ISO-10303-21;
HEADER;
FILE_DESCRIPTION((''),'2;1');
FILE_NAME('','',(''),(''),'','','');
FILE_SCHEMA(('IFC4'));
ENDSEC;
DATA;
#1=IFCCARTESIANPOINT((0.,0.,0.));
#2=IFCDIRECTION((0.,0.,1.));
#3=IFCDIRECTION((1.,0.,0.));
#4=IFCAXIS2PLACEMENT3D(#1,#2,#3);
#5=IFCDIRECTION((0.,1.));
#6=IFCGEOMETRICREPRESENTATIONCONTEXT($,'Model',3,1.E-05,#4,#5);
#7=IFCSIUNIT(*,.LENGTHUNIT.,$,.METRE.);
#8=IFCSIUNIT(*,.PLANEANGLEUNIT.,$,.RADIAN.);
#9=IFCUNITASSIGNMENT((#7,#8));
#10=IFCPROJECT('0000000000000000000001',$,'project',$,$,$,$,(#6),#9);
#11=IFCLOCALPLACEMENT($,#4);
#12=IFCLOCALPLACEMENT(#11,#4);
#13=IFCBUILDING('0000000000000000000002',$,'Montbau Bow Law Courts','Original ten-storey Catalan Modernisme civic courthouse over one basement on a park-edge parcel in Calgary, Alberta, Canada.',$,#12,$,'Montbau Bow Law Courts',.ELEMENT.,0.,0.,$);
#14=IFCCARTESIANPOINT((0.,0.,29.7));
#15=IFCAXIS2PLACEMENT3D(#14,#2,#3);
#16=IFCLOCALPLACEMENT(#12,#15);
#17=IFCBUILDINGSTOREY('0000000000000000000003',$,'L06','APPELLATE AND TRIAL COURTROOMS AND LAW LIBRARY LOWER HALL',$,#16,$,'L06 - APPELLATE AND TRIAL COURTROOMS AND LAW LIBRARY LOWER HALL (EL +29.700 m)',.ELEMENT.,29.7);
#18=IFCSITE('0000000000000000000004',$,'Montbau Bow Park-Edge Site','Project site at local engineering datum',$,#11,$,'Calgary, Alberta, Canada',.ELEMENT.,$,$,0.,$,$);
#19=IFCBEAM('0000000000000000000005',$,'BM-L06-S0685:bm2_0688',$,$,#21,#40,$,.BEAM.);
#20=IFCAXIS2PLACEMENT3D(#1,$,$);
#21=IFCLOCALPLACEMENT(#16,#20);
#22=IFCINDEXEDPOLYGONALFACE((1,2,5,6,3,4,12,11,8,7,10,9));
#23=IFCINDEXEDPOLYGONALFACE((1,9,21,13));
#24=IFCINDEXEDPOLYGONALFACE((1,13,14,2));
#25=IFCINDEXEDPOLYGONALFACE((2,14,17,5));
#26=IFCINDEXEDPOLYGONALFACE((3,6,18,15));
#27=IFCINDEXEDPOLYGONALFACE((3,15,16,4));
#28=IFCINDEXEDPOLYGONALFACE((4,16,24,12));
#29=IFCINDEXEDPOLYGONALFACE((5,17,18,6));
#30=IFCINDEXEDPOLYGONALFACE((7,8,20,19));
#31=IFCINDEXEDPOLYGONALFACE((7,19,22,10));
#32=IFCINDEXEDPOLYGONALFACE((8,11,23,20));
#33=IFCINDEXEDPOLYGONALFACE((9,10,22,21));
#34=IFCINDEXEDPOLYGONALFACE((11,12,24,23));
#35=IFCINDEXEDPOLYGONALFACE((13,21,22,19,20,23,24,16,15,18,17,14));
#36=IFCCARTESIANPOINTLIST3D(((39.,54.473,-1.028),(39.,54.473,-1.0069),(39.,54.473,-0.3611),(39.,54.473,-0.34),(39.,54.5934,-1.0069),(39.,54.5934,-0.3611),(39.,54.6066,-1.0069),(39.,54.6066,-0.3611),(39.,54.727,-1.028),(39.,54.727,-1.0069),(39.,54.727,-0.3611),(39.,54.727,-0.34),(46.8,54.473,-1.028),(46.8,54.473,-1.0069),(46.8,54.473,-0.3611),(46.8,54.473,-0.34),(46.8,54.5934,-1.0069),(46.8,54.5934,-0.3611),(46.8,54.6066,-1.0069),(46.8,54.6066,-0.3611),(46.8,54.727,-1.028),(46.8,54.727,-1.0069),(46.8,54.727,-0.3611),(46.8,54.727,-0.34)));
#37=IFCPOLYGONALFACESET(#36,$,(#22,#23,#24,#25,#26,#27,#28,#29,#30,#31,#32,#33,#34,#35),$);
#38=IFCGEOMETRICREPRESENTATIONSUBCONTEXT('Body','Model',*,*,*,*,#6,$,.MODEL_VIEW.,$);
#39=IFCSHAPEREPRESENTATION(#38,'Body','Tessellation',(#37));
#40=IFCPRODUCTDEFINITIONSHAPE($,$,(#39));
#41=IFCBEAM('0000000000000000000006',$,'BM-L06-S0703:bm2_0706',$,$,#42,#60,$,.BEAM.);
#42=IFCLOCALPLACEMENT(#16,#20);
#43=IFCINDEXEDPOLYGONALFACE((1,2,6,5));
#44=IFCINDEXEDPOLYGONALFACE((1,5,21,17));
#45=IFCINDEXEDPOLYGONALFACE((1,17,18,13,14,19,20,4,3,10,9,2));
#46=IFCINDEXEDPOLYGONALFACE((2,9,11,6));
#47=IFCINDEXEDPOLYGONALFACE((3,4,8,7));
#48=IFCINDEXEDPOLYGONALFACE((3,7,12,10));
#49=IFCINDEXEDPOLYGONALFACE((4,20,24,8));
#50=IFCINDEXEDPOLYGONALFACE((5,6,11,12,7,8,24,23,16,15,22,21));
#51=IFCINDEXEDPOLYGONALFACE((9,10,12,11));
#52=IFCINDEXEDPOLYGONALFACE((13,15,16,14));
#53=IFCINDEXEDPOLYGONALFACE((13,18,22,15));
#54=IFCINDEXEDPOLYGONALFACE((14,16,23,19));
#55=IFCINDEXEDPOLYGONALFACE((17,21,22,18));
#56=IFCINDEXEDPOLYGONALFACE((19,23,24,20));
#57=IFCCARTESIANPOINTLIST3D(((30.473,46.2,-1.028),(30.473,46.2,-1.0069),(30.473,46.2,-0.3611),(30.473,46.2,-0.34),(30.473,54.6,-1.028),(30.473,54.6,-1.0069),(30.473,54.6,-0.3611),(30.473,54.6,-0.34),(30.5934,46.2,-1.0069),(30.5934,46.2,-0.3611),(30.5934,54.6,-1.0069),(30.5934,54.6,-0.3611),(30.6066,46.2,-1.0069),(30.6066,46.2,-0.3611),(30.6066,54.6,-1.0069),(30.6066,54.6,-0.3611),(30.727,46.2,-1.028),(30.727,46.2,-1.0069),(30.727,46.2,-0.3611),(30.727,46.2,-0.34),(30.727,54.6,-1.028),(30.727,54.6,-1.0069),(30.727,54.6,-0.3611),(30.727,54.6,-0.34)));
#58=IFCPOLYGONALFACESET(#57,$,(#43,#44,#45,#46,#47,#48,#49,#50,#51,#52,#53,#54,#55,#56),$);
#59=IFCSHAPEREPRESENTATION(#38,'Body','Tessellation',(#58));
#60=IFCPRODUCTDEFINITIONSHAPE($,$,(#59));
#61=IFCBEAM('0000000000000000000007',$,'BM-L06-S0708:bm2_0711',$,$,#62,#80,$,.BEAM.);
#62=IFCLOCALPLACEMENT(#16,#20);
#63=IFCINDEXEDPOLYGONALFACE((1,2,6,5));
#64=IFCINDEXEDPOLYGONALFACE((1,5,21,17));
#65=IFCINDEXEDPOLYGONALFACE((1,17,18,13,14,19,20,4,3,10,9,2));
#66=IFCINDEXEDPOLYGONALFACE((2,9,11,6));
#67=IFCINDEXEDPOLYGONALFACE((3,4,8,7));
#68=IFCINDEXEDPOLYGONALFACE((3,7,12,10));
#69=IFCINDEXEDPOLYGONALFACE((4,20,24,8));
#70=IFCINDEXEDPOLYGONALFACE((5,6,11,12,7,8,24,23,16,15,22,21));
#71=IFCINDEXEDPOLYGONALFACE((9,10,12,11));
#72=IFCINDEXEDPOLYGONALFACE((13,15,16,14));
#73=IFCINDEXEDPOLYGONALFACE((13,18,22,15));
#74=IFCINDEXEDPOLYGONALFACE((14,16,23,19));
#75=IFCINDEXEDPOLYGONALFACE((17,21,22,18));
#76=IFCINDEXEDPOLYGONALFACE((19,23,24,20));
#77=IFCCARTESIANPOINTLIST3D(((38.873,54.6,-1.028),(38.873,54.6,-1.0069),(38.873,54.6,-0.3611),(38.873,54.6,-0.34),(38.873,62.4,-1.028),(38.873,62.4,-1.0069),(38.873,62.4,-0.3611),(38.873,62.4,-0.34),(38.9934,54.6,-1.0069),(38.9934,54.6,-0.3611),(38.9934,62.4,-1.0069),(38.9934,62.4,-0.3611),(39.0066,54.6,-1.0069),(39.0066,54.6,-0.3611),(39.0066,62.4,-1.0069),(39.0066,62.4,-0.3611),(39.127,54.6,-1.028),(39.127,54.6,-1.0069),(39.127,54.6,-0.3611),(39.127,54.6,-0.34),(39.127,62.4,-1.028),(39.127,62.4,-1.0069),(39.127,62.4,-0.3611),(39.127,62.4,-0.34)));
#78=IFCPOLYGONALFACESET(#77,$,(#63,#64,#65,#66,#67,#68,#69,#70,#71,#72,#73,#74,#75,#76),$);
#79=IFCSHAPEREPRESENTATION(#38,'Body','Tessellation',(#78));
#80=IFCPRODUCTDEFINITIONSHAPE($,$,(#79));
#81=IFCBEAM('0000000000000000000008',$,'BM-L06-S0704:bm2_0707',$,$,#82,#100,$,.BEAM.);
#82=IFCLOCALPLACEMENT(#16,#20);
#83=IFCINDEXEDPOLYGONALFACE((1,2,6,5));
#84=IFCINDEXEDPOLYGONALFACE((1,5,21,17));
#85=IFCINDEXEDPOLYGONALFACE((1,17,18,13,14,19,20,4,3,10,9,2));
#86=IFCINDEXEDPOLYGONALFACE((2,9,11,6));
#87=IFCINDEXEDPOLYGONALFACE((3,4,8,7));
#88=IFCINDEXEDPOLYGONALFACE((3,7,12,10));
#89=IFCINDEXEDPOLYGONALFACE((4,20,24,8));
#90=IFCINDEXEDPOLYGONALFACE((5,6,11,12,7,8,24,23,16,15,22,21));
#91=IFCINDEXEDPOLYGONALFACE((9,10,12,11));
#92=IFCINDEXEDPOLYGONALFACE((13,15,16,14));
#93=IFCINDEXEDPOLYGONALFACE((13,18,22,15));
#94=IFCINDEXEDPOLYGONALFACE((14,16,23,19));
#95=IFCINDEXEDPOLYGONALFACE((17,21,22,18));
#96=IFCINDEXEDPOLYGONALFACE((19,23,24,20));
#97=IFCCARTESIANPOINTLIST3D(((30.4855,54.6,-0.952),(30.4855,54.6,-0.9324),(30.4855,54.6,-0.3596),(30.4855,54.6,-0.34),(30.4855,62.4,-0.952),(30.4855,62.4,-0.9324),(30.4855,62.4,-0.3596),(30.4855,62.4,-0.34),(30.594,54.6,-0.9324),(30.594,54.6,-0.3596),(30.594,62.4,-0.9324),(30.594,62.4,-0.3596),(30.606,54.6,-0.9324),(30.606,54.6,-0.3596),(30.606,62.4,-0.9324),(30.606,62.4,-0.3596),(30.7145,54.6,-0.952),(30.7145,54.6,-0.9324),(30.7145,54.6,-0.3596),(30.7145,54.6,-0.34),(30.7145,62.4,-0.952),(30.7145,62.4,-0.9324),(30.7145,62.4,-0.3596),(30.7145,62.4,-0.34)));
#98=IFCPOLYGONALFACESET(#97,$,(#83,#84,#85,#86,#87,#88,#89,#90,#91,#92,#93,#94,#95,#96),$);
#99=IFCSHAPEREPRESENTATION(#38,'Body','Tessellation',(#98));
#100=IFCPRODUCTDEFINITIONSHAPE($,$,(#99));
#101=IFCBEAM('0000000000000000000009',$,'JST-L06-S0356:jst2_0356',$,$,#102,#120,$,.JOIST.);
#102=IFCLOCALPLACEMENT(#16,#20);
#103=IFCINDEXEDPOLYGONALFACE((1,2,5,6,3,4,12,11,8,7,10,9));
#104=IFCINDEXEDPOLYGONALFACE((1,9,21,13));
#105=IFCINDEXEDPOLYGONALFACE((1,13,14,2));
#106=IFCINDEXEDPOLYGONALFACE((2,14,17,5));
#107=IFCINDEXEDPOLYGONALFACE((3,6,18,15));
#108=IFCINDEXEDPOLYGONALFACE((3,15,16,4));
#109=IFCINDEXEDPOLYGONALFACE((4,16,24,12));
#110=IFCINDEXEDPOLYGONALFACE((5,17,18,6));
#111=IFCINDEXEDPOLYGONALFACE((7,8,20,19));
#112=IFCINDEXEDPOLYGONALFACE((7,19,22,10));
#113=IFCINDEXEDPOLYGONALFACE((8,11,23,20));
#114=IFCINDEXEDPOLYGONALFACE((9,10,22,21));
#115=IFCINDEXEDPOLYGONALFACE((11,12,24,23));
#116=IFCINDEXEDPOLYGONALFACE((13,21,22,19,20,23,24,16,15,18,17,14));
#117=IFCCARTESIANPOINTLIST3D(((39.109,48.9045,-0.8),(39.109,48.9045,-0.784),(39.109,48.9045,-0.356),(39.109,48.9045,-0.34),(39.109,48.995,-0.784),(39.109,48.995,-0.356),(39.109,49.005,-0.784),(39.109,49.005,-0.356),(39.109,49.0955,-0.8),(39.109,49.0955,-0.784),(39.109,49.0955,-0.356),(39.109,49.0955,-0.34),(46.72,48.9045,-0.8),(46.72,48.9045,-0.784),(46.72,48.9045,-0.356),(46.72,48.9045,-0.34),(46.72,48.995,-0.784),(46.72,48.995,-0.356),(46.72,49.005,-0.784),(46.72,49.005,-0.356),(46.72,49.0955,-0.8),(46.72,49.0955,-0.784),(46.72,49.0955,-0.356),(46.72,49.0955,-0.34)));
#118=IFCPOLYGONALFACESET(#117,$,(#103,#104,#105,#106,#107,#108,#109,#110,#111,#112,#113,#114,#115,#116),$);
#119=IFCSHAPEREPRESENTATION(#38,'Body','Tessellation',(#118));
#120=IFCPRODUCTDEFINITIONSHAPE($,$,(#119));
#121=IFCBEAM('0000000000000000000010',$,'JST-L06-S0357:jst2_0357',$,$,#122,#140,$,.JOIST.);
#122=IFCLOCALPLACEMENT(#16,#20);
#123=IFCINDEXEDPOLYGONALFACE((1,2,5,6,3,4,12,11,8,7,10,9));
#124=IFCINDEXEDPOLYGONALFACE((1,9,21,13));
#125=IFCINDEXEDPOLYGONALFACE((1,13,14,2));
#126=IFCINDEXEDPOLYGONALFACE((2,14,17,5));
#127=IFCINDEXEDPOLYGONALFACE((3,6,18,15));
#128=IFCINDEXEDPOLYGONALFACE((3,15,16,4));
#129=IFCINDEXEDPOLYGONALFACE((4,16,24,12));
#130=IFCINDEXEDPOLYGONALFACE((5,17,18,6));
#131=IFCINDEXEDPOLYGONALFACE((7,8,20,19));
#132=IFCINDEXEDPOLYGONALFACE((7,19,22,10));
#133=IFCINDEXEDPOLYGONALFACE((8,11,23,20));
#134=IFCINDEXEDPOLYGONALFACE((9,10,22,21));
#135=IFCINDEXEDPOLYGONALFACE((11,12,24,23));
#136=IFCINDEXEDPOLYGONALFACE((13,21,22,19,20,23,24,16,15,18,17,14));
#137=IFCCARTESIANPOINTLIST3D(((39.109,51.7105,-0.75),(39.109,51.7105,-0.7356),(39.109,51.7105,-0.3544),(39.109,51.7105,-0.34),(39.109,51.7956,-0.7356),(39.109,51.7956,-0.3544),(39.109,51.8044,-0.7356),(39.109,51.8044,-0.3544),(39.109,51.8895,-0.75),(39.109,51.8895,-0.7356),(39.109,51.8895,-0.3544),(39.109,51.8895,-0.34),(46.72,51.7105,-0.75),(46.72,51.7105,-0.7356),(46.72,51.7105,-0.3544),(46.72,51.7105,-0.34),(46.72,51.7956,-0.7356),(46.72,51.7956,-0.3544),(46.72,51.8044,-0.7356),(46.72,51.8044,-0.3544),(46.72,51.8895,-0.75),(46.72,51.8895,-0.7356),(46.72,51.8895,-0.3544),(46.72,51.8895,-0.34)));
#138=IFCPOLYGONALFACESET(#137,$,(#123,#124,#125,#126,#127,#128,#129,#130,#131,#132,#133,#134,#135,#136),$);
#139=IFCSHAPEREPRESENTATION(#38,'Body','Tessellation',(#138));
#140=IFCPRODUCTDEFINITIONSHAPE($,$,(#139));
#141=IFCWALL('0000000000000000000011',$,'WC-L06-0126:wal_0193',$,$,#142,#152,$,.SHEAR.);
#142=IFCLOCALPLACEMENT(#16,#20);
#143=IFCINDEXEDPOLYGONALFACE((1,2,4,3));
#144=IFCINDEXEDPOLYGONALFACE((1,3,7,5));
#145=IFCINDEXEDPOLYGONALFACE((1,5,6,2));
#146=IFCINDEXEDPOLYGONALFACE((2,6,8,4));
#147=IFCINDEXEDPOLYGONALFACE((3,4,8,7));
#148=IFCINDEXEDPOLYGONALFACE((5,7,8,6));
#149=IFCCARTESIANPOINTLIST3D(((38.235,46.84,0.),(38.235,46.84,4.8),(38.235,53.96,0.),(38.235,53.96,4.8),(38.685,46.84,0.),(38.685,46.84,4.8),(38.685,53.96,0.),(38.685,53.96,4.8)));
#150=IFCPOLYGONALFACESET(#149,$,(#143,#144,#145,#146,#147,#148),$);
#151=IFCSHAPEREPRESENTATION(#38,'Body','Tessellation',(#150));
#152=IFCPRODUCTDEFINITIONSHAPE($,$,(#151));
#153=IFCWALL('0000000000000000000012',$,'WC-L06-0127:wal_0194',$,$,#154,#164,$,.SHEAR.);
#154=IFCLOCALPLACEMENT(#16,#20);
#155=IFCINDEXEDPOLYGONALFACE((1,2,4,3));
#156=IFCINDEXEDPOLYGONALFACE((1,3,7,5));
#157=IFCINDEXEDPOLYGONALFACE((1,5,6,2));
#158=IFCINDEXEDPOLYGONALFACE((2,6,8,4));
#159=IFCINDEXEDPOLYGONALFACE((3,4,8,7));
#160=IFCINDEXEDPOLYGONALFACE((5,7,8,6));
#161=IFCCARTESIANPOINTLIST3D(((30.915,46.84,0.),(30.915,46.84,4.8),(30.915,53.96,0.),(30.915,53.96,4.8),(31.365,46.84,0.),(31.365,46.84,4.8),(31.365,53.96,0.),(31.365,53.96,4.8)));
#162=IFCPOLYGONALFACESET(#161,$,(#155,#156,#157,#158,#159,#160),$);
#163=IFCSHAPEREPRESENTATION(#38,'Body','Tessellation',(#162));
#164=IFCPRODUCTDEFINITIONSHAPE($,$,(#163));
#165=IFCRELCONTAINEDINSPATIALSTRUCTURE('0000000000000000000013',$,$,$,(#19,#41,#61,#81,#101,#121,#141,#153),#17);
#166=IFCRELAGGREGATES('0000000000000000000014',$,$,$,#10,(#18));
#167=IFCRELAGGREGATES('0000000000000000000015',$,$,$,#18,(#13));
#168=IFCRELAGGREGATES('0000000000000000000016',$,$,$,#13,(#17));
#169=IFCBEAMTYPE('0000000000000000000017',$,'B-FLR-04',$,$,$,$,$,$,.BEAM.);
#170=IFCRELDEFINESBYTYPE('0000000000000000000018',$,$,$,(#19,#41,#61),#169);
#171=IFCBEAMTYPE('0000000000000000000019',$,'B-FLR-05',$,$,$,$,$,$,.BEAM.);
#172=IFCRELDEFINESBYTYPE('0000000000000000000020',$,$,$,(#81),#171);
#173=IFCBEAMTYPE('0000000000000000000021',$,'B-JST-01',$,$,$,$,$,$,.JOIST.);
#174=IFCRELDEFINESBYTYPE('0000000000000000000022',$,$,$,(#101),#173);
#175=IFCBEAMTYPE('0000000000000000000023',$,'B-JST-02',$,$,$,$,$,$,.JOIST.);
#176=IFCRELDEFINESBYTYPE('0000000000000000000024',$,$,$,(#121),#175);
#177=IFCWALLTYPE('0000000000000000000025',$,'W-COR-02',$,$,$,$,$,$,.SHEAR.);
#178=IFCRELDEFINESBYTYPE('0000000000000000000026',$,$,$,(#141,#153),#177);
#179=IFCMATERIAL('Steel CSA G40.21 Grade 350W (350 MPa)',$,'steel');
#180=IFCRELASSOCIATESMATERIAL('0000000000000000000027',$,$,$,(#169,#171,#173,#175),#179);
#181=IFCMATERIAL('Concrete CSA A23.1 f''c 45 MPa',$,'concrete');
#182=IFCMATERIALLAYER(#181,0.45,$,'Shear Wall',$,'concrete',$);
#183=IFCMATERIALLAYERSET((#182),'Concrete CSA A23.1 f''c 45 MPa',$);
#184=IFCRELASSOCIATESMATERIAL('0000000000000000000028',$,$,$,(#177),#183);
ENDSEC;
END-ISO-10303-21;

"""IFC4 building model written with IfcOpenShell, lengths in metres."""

from ifc_helpers import new_model, si_unit, direction, frame, frame_2d, origin_with_axes, origin_2d_with_axis, place, context, subcontext, project, spatial, rectangle, i_section, extrude, material, layer, layer_set, material_profile, profile_set, type_object, element, save


model = new_model("IFC4")

# Units and contexts
model_context = context("Model", 3, precision=1e-05, world=origin_with_axes(), true_north=direction((0.0, 1.0)))
body_context = subcontext(model_context, "Body", "Model", "MODEL_VIEW")
ifc_project = project(units=[si_unit("LENGTHUNIT", "METRE"), si_unit("PLANEANGLEUNIT", "RADIAN")], contexts=[model_context])

# Site, building, storey
site_placement = place(None, origin_with_axes())
site = spatial("IfcSite", under=ifc_project, at=site_placement, Name="Montbau Bow Park-Edge Site", Description="Project site at local engineering datum", LongName="Calgary, Alberta, Canada", CompositionType="ELEMENT", RefElevation=0.0)
building_placement = place(site_placement, origin_with_axes())
building = spatial("IfcBuilding", under=site, at=building_placement, Name="Montbau Bow Law Courts", Description="Original ten-storey Catalan Modernisme civic courthouse over one basement on a park-edge parcel in Calgary, Alberta, Canada.", LongName="Montbau Bow Law Courts", CompositionType="ELEMENT", ElevationOfRefHeight=0.0, ElevationOfTerrain=0.0)
storey_placement = place(building_placement, frame((0.0, 0.0, 29.7), z_axis=(0.0, 0.0, 1.0), x_axis=(1.0, 0.0, 0.0)))
storey = spatial("IfcBuildingStorey", under=building, at=storey_placement, Name="L06", Description="APPELLATE AND TRIAL COURTROOMS AND LAW LIBRARY LOWER HALL", LongName="L06 - APPELLATE AND TRIAL COURTROOMS AND LAW LIBRARY LOWER HALL (EL +29.700 m)", CompositionType="ELEMENT", Elevation=29.7)

# Shared definitions
ifc_material_1 = material(Name="Steel CSA G40.21 Grade 350W (350 MPa)", Category="steel")

# Beams
ifc_material_profile_1 = material_profile(ifc_material_1, i_section(OverallWidth=0.254, OverallDepth=0.688, WebThickness=0.0131, FlangeThickness=0.0211, at=origin_2d_with_axis()), Name="W690X152", Category="Main", Priority=0)
ifc_profile_set_1 = profile_set([ifc_material_profile_1], Name="Steel CSA G40.21 Grade 350W (350 MPa)")
beam_type_1 = type_object("IfcBeamType", Name="B-FLR-04", PredefinedType="BEAM", material=ifc_profile_set_1)
for number, where, z_axis, x_axis, name in (
    (1, (39.0, 54.6, 29.016), (1.0, 0.0, 0.0), (0.0, 1.0, 0.0), "BM-L06-S0685:bm2_0688"),
):
    element("IfcBeam", number, at=place(None, frame(where, z_axis=z_axis, x_axis=x_axis)), inside=storey, type_object=beam_type_1, Name=name, PredefinedType="BEAM", context=body_context, shape_type="SweptSolid", body=[
        extrude(i_section(OverallWidth=0.254, OverallDepth=0.688, WebThickness=0.0131, FlangeThickness=0.0211, at=origin_2d_with_axis()), origin_with_axes(), (0.0, 0.0, 1.0), 7.8),
    ])
beam_1_placement = place(None, frame((30.6, 46.2, 29.016), z_axis=(0.0, 1.0, 0.0), x_axis=(-1.0, 0.0, 0.0)))
element("IfcBeam", 2, at=beam_1_placement, inside=storey, type_object=beam_type_1, Name="BM-L06-S0703:bm2_0706", PredefinedType="BEAM", context=body_context, shape_type="SweptSolid", body=[
    extrude(i_section(OverallWidth=0.254, OverallDepth=0.688, WebThickness=0.0131, FlangeThickness=0.0211, at=origin_2d_with_axis()), origin_with_axes(), (0.0, 0.0, 1.0), 8.4),
])
beam_2_placement = place(None, frame((39.0, 54.6, 29.016), z_axis=(0.0, 1.0, 0.0), x_axis=(-1.0, 0.0, 0.0)))
element("IfcBeam", 3, at=beam_2_placement, inside=storey, type_object=beam_type_1, Name="BM-L06-S0708:bm2_0711", PredefinedType="BEAM", context=body_context, shape_type="SweptSolid", body=[
    extrude(i_section(OverallWidth=0.254, OverallDepth=0.688, WebThickness=0.0131, FlangeThickness=0.0211, at=origin_2d_with_axis()), origin_with_axes(), (0.0, 0.0, 1.0), 7.8),
])
ifc_material_profile_2 = material_profile(ifc_material_1, i_section(OverallWidth=0.229, OverallDepth=0.612, WebThickness=0.0119, FlangeThickness=0.0196, at=origin_2d_with_axis()), Name="W610X125", Category="Main", Priority=0)
ifc_profile_set_2 = profile_set([ifc_material_profile_2], Name="Steel CSA G40.21 Grade 350W (350 MPa)")
beam_type_2 = type_object("IfcBeamType", Name="B-FLR-05", PredefinedType="BEAM", material=ifc_profile_set_2)
beam_3_placement = place(None, frame((30.6, 54.6, 29.054), z_axis=(0.0, 1.0, 0.0), x_axis=(-1.0, 0.0, 0.0)))
element("IfcBeam", 4, at=beam_3_placement, inside=storey, type_object=beam_type_2, Name="BM-L06-S0704:bm2_0707", PredefinedType="BEAM", context=body_context, shape_type="SweptSolid", body=[
    extrude(i_section(OverallWidth=0.229, OverallDepth=0.612, WebThickness=0.0119, FlangeThickness=0.0196, at=origin_2d_with_axis()), origin_with_axes(), (0.0, 0.0, 1.0), 7.8),
])
ifc_material_profile_3 = material_profile(ifc_material_1, i_section(OverallWidth=0.191, OverallDepth=0.46, WebThickness=0.0099, FlangeThickness=0.016, at=origin_2d_with_axis()), Name="W460X82", Category="Main", Priority=0)
ifc_profile_set_3 = profile_set([ifc_material_profile_3], Name="Steel CSA G40.21 Grade 350W (350 MPa)")
beam_type_3 = type_object("IfcBeamType", Name="B-JST-01", PredefinedType="JOIST", material=ifc_profile_set_3)
beam_4_placement = place(None, frame((39.109, 49.0, 29.13), z_axis=(1.0, 0.0, 0.0), x_axis=(0.0, 1.0, 0.0)))
element("IfcBeam", 5, at=beam_4_placement, inside=storey, type_object=beam_type_3, Name="JST-L06-S0356:jst2_0356", PredefinedType="JOIST", context=body_context, shape_type="SweptSolid", body=[
    extrude(i_section(OverallWidth=0.191, OverallDepth=0.46, WebThickness=0.0099, FlangeThickness=0.016, at=origin_2d_with_axis()), origin_with_axes(), (0.0, 0.0, 1.0), 7.611),
])
ifc_material_profile_4 = material_profile(ifc_material_1, i_section(OverallWidth=0.179, OverallDepth=0.41, WebThickness=0.0088, FlangeThickness=0.0144, at=origin_2d_with_axis()), Name="W410X67", Category="Main", Priority=0)
ifc_profile_set_4 = profile_set([ifc_material_profile_4], Name="Steel CSA G40.21 Grade 350W (350 MPa)")
beam_type_4 = type_object("IfcBeamType", Name="B-JST-02", PredefinedType="JOIST", material=ifc_profile_set_4)
beam_5_placement = place(None, frame((39.109, 51.8, 29.155), z_axis=(1.0, 0.0, 0.0), x_axis=(0.0, 1.0, 0.0)))
element("IfcBeam", 6, at=beam_5_placement, inside=storey, type_object=beam_type_4, Name="JST-L06-S0357:jst2_0357", PredefinedType="JOIST", context=body_context, shape_type="SweptSolid", body=[
    extrude(i_section(OverallWidth=0.179, OverallDepth=0.41, WebThickness=0.0088, FlangeThickness=0.0144, at=origin_2d_with_axis()), origin_with_axes(), (0.0, 0.0, 1.0), 7.611),
])

# Walls
ifc_material_2 = material(Name="Concrete CSA A23.1 f'c 45 MPa", Category="concrete")
ifc_layer_1 = layer(ifc_material_2, 0.45, Name="Shear Wall", Category="concrete")
ifc_layer_set_1 = layer_set([ifc_layer_1], Name="Concrete CSA A23.1 f'c 45 MPa")
wall_type_1 = type_object("IfcWallType", Name="W-COR-02", PredefinedType="SHEAR", material=ifc_layer_set_1)
for number, where, z_axis, x_axis, name in (
    (7, (38.46, 46.84, 29.7), (0.0, 0.0, 1.0), (0.0, 1.0, 0.0), "WC-L06-0126:wal_0193"),
    (8, (31.14, 53.96, 29.7), (0.0, 0.0, 1.0), (0.0, -1.0, 0.0), "WC-L06-0127:wal_0194"),
):
    element("IfcWall", number, at=place(None, frame(where, z_axis=z_axis, x_axis=x_axis)), inside=storey, type_object=wall_type_1, Name=name, PredefinedType="SHEAR", context=body_context, shape_type="SweptSolid", body=[
        extrude(rectangle(XDim=7.12, YDim=0.45, at=frame_2d((3.56, 0.0), x_axis=(1.0, 0.0))), origin_with_axes(), (0.0, 0.0, 1.0), 4.8),
    ])

save(model, "model.ifc")
